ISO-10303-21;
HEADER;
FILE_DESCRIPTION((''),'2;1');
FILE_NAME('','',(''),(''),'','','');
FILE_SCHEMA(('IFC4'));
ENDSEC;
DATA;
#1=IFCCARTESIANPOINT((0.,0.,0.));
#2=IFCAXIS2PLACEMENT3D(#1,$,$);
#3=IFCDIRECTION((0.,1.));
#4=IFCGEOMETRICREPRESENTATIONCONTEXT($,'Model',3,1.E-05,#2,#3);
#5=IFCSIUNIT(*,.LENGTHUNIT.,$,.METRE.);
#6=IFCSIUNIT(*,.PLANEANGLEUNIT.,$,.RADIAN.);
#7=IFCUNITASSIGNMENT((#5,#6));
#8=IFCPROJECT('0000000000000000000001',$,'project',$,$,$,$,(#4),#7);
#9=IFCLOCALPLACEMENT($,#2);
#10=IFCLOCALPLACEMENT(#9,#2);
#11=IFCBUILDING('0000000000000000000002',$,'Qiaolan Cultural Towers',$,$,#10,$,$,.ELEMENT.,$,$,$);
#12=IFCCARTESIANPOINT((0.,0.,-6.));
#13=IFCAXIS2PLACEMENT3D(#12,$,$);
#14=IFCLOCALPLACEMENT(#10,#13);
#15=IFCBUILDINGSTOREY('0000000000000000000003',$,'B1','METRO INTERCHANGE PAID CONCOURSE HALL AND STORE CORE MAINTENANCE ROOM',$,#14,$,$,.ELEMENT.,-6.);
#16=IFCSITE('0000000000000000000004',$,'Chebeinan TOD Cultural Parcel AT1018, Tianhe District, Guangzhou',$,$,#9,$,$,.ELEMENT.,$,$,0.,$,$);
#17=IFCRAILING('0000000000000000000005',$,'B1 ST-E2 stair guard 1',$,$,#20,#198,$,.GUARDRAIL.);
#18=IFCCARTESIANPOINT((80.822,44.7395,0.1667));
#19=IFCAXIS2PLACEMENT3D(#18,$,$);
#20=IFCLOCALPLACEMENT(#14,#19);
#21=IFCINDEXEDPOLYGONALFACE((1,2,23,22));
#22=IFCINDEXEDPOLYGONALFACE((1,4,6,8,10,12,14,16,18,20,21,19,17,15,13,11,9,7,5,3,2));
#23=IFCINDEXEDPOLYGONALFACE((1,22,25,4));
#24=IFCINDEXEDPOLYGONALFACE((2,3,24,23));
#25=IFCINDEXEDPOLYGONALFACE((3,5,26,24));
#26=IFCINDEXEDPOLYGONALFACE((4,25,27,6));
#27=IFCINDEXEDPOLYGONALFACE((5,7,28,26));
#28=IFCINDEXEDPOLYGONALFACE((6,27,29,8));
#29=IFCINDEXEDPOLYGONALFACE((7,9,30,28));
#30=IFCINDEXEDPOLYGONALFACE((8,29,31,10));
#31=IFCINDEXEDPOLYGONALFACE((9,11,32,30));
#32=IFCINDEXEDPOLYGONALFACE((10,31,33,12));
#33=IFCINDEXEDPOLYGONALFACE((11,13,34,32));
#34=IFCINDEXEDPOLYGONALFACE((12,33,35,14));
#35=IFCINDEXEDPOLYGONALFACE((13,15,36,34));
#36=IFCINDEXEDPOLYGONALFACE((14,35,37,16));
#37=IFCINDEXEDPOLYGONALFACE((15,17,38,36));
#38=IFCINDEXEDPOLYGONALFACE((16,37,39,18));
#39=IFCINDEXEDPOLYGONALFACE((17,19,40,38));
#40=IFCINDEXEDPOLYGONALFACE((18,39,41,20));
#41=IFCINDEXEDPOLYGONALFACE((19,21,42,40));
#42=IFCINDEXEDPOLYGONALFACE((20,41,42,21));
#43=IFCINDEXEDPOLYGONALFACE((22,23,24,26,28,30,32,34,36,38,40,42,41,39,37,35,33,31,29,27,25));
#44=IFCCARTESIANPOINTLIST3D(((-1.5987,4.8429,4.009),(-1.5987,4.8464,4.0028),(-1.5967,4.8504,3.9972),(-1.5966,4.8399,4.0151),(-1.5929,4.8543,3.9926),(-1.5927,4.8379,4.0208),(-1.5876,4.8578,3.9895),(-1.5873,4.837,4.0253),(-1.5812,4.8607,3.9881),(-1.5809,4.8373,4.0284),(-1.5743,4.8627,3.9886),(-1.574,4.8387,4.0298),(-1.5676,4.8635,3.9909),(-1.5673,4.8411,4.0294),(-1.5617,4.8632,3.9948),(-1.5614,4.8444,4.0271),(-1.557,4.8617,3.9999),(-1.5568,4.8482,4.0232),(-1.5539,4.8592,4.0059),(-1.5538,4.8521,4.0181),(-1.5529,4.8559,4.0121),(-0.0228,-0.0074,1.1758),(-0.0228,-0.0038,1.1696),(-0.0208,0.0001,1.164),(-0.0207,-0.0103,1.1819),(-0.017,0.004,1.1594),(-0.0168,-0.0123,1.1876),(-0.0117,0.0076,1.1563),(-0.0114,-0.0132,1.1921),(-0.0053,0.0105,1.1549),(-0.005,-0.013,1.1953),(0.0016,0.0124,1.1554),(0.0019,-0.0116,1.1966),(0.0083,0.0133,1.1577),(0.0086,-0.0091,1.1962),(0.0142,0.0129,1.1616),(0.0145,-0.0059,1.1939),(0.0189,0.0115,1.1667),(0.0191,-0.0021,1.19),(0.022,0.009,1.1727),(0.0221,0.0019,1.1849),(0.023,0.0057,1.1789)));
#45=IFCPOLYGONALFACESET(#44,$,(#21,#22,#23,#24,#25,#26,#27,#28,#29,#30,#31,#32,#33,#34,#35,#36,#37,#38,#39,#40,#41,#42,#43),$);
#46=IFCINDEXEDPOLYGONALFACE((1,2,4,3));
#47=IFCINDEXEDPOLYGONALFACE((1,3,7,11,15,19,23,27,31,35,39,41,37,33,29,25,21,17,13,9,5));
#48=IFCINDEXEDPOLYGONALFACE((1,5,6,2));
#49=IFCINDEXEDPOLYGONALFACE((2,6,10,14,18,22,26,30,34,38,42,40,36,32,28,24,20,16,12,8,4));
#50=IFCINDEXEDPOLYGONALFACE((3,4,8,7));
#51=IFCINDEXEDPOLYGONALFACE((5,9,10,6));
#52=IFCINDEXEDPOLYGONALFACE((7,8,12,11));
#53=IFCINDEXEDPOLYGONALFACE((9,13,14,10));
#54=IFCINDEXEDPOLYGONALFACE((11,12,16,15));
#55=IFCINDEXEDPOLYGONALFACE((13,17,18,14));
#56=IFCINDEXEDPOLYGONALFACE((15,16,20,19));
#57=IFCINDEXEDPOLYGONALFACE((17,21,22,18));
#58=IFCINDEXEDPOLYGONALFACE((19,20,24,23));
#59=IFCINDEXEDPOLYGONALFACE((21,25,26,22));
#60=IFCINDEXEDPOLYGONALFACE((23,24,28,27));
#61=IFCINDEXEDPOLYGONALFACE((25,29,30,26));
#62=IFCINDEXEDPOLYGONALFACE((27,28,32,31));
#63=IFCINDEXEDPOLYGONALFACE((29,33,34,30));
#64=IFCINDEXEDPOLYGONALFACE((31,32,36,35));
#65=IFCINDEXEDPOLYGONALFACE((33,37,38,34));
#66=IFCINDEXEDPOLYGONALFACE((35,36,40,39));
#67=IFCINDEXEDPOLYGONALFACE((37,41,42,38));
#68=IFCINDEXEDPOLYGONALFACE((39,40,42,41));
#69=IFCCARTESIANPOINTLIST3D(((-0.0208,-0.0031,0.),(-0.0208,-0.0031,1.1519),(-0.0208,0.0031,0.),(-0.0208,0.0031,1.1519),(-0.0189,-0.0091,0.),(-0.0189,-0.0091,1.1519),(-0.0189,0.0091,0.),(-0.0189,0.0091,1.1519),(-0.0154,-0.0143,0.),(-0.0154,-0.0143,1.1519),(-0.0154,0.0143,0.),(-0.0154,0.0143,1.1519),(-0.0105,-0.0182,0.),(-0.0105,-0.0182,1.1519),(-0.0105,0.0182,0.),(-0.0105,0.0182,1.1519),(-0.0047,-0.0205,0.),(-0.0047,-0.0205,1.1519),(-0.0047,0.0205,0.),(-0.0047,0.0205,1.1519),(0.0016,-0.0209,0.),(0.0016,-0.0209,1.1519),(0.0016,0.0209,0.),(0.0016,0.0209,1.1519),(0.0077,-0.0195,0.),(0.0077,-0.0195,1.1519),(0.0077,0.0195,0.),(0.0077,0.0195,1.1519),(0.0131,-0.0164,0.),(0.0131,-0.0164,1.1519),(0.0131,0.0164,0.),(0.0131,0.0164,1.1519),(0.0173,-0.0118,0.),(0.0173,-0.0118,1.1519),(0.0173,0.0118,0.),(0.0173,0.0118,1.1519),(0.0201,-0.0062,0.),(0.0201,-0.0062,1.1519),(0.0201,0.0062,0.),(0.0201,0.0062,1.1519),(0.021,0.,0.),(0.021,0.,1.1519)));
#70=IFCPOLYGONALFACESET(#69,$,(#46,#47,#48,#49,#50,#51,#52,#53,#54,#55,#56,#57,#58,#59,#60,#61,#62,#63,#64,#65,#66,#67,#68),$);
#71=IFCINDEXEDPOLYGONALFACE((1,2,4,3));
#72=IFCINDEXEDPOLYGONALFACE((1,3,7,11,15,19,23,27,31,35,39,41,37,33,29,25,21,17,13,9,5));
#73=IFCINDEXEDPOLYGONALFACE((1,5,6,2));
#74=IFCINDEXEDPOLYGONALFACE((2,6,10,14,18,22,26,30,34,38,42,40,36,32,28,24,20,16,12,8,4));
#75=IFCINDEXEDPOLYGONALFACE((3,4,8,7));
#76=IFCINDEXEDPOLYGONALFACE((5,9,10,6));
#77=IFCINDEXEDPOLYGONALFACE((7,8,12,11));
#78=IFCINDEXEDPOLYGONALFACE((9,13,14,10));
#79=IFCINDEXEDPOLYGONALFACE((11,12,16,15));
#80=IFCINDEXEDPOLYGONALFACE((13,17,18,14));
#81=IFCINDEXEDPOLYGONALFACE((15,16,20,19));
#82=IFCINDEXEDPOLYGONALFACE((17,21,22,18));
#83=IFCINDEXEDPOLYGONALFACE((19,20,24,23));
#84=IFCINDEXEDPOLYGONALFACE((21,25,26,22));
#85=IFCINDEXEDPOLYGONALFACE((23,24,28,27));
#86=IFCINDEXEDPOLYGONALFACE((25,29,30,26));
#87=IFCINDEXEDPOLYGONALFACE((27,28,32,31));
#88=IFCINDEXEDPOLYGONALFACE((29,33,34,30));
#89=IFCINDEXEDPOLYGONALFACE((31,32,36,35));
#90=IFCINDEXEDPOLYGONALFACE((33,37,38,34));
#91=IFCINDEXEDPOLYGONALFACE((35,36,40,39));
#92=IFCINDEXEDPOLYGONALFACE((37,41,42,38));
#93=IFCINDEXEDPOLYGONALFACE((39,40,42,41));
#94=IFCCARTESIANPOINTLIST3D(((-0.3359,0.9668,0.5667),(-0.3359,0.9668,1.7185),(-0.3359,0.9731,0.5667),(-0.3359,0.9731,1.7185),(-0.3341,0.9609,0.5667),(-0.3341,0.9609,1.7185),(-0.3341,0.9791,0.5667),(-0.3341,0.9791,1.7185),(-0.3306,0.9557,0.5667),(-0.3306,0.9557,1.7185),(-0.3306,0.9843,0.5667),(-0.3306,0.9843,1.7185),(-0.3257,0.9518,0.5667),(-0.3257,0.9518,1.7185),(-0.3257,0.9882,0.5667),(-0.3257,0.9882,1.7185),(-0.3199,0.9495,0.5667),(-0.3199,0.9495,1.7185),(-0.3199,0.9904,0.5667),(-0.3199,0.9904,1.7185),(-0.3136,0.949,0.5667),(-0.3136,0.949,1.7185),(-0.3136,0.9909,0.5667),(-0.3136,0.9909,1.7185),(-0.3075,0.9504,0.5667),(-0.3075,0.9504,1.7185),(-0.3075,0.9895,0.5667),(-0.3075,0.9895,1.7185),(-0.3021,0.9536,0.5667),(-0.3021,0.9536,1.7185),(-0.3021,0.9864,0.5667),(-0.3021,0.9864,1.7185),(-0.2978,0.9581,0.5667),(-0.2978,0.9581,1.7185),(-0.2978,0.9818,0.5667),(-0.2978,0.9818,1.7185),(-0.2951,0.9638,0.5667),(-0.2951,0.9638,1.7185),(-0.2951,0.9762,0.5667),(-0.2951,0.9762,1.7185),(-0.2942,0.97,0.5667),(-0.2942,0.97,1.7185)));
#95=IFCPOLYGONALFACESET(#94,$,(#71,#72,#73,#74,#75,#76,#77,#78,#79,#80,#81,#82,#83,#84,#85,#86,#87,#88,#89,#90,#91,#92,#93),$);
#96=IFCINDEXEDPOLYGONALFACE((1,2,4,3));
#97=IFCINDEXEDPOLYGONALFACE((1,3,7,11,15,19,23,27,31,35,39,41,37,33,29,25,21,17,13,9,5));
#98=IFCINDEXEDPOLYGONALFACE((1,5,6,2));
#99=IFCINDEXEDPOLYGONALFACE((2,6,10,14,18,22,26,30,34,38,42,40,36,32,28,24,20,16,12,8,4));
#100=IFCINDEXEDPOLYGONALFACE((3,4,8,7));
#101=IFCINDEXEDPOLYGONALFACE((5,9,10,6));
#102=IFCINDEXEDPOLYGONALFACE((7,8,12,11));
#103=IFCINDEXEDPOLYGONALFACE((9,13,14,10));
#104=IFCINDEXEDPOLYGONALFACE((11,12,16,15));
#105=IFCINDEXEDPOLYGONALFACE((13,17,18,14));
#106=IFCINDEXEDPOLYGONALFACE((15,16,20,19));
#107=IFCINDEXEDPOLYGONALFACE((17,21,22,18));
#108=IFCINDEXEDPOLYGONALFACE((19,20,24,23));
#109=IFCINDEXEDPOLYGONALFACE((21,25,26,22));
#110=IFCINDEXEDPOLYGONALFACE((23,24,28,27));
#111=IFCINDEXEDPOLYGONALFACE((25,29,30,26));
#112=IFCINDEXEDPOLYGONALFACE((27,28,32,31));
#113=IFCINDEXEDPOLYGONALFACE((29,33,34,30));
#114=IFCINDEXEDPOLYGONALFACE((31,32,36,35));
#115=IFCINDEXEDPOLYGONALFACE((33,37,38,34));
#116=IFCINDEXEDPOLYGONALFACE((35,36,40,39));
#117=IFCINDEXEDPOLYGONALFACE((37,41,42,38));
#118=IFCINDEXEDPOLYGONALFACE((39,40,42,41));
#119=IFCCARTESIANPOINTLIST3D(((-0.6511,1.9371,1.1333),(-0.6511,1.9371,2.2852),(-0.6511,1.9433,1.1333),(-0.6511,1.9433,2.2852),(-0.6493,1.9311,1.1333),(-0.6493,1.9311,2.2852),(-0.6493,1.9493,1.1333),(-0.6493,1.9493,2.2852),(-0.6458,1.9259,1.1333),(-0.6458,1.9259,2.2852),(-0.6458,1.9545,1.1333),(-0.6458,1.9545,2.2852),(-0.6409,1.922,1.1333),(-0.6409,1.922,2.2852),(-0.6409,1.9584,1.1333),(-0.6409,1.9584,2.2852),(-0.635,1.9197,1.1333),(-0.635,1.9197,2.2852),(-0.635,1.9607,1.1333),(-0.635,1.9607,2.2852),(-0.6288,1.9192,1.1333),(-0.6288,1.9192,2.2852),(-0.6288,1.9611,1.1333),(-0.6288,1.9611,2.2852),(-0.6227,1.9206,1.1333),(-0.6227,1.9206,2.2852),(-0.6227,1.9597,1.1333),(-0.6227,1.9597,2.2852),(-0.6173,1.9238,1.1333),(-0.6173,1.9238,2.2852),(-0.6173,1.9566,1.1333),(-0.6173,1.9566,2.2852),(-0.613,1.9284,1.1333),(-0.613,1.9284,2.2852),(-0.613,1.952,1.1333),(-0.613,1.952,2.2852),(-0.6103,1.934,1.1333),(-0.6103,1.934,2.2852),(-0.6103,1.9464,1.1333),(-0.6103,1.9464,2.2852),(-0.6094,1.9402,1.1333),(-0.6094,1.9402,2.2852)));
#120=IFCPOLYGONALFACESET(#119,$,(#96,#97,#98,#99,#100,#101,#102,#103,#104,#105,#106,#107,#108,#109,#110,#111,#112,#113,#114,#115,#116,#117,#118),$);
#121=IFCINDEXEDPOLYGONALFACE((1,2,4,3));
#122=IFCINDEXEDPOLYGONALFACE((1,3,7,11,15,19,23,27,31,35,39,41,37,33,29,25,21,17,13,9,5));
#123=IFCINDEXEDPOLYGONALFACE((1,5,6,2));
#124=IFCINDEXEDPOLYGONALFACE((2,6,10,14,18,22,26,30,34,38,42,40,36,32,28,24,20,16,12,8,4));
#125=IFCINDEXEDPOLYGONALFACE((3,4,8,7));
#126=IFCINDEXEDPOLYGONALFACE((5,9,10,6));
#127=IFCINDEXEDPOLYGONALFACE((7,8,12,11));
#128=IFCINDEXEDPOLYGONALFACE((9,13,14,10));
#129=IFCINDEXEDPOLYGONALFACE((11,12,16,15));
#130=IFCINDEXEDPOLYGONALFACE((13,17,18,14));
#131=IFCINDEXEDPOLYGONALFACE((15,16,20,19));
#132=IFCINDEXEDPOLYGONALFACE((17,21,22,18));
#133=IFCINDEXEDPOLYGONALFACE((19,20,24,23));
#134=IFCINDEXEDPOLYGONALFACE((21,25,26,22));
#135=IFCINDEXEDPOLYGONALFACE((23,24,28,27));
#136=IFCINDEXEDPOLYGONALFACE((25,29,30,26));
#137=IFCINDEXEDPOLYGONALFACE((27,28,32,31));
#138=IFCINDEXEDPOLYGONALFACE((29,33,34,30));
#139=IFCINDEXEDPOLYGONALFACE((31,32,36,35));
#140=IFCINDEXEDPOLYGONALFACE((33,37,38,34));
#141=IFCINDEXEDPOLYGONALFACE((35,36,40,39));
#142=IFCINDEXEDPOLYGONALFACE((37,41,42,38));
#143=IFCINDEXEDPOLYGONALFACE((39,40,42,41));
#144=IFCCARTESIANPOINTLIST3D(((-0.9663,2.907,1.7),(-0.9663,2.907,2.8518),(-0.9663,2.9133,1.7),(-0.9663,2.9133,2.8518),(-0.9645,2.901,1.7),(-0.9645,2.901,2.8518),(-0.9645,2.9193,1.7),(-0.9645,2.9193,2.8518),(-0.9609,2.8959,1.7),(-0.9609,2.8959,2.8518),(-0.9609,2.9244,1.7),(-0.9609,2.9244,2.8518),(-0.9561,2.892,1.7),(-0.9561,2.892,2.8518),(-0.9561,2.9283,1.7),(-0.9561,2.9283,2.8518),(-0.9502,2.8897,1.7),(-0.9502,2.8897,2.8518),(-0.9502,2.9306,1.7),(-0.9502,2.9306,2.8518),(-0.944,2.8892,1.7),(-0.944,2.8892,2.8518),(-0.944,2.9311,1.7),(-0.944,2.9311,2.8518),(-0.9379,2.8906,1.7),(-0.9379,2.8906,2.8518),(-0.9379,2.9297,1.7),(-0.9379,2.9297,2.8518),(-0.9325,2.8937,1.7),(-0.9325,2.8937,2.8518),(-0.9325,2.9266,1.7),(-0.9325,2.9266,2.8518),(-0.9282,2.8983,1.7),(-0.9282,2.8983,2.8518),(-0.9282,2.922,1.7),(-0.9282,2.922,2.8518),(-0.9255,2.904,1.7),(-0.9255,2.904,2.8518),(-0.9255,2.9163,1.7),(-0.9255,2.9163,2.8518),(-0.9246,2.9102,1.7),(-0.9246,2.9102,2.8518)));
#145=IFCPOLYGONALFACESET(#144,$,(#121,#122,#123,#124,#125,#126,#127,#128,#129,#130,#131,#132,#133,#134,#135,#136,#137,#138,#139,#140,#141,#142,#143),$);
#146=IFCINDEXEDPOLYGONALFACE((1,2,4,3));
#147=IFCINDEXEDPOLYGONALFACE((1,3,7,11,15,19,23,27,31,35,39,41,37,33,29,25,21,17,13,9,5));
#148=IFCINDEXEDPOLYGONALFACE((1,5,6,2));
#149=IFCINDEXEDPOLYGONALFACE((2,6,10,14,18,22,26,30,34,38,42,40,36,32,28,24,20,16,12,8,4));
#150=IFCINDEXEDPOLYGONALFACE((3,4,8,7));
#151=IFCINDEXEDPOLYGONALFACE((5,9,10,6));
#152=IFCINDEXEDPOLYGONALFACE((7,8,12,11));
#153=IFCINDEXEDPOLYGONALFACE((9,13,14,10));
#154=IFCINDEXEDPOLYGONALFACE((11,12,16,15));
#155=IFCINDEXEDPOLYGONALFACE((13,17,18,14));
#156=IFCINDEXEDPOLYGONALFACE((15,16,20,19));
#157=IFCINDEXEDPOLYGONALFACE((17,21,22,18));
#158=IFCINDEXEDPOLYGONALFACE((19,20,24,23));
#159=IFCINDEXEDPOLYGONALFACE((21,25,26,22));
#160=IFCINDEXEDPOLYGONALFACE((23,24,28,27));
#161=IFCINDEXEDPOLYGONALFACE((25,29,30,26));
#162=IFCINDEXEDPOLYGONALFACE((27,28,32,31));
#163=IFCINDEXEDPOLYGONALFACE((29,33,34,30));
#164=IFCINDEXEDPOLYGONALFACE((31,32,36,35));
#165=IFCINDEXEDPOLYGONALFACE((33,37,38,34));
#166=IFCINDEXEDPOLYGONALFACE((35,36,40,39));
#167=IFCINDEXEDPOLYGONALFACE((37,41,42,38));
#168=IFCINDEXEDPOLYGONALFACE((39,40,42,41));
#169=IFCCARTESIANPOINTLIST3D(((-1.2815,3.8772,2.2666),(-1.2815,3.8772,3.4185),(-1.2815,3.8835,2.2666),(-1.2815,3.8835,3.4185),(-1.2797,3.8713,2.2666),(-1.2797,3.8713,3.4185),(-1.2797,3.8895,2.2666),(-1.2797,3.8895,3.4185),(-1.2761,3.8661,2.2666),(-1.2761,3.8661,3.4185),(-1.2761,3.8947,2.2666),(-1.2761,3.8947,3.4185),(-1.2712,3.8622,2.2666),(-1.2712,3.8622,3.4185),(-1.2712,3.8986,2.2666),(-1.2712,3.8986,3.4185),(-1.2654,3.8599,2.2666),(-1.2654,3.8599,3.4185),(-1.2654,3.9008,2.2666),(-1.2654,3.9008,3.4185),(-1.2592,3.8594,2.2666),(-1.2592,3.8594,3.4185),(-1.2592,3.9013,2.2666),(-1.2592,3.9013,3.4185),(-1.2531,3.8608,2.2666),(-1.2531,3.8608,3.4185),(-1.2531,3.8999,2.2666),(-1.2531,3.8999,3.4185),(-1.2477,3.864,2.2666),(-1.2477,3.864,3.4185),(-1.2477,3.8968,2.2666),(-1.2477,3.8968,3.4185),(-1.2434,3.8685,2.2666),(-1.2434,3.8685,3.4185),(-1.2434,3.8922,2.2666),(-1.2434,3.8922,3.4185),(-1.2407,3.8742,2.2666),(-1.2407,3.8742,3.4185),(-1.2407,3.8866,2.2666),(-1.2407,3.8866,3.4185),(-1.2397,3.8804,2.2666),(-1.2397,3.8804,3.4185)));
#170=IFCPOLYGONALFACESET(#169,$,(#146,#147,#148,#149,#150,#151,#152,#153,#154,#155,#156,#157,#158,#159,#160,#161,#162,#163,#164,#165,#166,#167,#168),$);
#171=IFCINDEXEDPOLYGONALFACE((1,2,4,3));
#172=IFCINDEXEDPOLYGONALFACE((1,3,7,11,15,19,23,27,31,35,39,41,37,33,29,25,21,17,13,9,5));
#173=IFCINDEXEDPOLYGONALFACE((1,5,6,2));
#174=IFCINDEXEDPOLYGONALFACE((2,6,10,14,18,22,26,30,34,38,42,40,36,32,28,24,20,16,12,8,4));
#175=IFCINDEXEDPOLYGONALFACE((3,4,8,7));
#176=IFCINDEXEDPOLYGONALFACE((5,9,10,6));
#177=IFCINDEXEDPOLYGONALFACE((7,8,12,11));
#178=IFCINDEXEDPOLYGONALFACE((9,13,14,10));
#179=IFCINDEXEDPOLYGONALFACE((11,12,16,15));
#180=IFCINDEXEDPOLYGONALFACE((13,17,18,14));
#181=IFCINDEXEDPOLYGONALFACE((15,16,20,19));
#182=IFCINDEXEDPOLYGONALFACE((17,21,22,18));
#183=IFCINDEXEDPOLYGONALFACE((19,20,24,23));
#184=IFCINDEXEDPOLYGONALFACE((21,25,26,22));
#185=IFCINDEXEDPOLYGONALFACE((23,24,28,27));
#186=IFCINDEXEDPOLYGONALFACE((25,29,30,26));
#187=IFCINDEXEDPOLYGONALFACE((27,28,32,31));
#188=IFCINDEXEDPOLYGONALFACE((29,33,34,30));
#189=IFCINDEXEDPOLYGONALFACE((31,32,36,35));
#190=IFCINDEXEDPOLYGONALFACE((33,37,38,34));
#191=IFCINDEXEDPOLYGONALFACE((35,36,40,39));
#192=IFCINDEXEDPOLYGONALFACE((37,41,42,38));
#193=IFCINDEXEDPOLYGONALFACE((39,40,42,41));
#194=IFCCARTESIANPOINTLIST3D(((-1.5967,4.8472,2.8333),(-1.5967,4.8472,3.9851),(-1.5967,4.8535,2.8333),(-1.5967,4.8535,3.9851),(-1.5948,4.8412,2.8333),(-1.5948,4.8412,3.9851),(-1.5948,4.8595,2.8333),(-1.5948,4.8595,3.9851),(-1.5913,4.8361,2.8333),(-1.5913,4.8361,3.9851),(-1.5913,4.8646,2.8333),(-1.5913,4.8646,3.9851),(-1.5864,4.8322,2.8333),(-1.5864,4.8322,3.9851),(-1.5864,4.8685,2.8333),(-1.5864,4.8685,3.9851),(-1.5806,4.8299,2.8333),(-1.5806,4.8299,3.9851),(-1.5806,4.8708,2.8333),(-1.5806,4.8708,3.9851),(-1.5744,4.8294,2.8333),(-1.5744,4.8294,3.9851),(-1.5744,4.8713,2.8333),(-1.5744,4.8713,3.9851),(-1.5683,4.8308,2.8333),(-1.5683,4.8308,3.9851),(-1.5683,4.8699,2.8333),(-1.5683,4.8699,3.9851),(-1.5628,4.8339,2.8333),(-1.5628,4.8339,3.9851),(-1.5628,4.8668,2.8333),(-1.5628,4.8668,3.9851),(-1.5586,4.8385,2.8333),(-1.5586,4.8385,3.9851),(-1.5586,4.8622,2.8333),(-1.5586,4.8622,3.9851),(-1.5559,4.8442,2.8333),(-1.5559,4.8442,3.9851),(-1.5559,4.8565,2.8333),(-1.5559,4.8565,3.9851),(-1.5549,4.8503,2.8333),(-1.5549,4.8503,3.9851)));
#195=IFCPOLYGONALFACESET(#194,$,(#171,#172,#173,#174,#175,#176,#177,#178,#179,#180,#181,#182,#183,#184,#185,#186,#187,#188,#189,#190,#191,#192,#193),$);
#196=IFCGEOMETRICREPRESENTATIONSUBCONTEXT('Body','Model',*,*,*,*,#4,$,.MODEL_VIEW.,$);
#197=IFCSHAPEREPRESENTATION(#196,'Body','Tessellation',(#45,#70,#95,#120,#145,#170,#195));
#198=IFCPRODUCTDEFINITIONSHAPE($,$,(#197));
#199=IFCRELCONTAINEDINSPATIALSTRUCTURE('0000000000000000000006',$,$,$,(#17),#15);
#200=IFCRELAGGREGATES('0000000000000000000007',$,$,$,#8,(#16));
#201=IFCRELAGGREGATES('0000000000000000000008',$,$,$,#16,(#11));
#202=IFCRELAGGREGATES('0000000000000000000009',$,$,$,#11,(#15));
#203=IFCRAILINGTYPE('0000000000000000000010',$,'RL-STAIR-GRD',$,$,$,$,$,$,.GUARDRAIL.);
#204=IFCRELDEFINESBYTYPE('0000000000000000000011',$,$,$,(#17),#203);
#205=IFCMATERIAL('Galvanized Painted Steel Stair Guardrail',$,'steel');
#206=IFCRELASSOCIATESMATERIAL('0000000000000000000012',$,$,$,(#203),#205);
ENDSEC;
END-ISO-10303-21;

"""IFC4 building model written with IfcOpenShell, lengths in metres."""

from ifc_helpers import new_model, si_unit, direction, frame, origin, origin_2d, place, context, subcontext, project, spatial, circle, extrude, material, type_object, element, save


model = new_model("IFC4")

# Units and contexts
model_context = context("Model", 3, precision=1e-05, world=origin(), true_north=direction((0.0, 1.0)))
body_context = subcontext(model_context, "Body", "Model", "MODEL_VIEW")
ifc_project = project(units=[si_unit("LENGTHUNIT", "METRE"), si_unit("PLANEANGLEUNIT", "RADIAN")], contexts=[model_context])

# Site, building, storey
site_placement = place(None, origin())
site = spatial("IfcSite", under=ifc_project, at=site_placement, Name="Chebeinan TOD Cultural Parcel AT1018, Tianhe District, Guangzhou", CompositionType="ELEMENT", RefElevation=0.0)
building_placement = place(site_placement, origin())
building = spatial("IfcBuilding", under=site, at=building_placement, Name="Qiaolan Cultural Towers", CompositionType="ELEMENT")
storey_placement = place(building_placement, frame((0.0, 0.0, -6.0)))
storey = spatial("IfcBuildingStorey", under=building, at=storey_placement, Name="B1", Description="METRO INTERCHANGE PAID CONCOURSE HALL AND STORE CORE MAINTENANCE ROOM", CompositionType="ELEMENT", Elevation=-6.0)

# Railing
ifc_material_1 = material(Name="Galvanized Painted Steel Stair Guardrail", Category="steel")
railing_type = type_object("IfcRailingType", Name="RL-STAIR-GRD", PredefinedType="GUARDRAIL", material=ifc_material_1)
railing_1_placement = place(storey_placement, frame((80.822, 44.7395, 0.1667)))
element("IfcRailing", 1, at=railing_1_placement, inside=storey, type_object=railing_type, Name="B1 ST-E2 stair guard 1", PredefinedType="GUARDRAIL", context=body_context, shape_type="SweptSolid", body=[
    extrude(circle(Radius=0.0239, at=origin_2d()), frame((0.0, 0.0, 1.1758), z_axis=(-0.270124, 0.831378, 0.485637), x_axis=(-0.951059, -0.309009, 0.0)), (0.0, 0.0, 1.0), 5.834),
    extrude(circle(Radius=0.021, at=origin_2d()), origin(), (0.0, 0.0, 1.0), 1.1519),
    extrude(circle(Radius=0.021, at=origin_2d()), frame((-0.3152, 0.97, 0.5667)), (0.0, 0.0, 1.0), 1.1519),
    extrude(circle(Radius=0.021, at=origin_2d()), frame((-0.6304, 1.9402, 1.1333)), (0.0, 0.0, 1.0), 1.1519),
    extrude(circle(Radius=0.021, at=origin_2d()), frame((-0.9456, 2.9102, 1.7)), (0.0, 0.0, 1.0), 1.1519),
    extrude(circle(Radius=0.021, at=origin_2d()), frame((-1.2607, 3.8804, 2.2666)), (0.0, 0.0, 1.0), 1.1519),
    extrude(circle(Radius=0.021, at=origin_2d()), frame((-1.5759, 4.8503, 2.8333)), (0.0, 0.0, 1.0), 1.1519),
])

save(model, "model.ifc")
